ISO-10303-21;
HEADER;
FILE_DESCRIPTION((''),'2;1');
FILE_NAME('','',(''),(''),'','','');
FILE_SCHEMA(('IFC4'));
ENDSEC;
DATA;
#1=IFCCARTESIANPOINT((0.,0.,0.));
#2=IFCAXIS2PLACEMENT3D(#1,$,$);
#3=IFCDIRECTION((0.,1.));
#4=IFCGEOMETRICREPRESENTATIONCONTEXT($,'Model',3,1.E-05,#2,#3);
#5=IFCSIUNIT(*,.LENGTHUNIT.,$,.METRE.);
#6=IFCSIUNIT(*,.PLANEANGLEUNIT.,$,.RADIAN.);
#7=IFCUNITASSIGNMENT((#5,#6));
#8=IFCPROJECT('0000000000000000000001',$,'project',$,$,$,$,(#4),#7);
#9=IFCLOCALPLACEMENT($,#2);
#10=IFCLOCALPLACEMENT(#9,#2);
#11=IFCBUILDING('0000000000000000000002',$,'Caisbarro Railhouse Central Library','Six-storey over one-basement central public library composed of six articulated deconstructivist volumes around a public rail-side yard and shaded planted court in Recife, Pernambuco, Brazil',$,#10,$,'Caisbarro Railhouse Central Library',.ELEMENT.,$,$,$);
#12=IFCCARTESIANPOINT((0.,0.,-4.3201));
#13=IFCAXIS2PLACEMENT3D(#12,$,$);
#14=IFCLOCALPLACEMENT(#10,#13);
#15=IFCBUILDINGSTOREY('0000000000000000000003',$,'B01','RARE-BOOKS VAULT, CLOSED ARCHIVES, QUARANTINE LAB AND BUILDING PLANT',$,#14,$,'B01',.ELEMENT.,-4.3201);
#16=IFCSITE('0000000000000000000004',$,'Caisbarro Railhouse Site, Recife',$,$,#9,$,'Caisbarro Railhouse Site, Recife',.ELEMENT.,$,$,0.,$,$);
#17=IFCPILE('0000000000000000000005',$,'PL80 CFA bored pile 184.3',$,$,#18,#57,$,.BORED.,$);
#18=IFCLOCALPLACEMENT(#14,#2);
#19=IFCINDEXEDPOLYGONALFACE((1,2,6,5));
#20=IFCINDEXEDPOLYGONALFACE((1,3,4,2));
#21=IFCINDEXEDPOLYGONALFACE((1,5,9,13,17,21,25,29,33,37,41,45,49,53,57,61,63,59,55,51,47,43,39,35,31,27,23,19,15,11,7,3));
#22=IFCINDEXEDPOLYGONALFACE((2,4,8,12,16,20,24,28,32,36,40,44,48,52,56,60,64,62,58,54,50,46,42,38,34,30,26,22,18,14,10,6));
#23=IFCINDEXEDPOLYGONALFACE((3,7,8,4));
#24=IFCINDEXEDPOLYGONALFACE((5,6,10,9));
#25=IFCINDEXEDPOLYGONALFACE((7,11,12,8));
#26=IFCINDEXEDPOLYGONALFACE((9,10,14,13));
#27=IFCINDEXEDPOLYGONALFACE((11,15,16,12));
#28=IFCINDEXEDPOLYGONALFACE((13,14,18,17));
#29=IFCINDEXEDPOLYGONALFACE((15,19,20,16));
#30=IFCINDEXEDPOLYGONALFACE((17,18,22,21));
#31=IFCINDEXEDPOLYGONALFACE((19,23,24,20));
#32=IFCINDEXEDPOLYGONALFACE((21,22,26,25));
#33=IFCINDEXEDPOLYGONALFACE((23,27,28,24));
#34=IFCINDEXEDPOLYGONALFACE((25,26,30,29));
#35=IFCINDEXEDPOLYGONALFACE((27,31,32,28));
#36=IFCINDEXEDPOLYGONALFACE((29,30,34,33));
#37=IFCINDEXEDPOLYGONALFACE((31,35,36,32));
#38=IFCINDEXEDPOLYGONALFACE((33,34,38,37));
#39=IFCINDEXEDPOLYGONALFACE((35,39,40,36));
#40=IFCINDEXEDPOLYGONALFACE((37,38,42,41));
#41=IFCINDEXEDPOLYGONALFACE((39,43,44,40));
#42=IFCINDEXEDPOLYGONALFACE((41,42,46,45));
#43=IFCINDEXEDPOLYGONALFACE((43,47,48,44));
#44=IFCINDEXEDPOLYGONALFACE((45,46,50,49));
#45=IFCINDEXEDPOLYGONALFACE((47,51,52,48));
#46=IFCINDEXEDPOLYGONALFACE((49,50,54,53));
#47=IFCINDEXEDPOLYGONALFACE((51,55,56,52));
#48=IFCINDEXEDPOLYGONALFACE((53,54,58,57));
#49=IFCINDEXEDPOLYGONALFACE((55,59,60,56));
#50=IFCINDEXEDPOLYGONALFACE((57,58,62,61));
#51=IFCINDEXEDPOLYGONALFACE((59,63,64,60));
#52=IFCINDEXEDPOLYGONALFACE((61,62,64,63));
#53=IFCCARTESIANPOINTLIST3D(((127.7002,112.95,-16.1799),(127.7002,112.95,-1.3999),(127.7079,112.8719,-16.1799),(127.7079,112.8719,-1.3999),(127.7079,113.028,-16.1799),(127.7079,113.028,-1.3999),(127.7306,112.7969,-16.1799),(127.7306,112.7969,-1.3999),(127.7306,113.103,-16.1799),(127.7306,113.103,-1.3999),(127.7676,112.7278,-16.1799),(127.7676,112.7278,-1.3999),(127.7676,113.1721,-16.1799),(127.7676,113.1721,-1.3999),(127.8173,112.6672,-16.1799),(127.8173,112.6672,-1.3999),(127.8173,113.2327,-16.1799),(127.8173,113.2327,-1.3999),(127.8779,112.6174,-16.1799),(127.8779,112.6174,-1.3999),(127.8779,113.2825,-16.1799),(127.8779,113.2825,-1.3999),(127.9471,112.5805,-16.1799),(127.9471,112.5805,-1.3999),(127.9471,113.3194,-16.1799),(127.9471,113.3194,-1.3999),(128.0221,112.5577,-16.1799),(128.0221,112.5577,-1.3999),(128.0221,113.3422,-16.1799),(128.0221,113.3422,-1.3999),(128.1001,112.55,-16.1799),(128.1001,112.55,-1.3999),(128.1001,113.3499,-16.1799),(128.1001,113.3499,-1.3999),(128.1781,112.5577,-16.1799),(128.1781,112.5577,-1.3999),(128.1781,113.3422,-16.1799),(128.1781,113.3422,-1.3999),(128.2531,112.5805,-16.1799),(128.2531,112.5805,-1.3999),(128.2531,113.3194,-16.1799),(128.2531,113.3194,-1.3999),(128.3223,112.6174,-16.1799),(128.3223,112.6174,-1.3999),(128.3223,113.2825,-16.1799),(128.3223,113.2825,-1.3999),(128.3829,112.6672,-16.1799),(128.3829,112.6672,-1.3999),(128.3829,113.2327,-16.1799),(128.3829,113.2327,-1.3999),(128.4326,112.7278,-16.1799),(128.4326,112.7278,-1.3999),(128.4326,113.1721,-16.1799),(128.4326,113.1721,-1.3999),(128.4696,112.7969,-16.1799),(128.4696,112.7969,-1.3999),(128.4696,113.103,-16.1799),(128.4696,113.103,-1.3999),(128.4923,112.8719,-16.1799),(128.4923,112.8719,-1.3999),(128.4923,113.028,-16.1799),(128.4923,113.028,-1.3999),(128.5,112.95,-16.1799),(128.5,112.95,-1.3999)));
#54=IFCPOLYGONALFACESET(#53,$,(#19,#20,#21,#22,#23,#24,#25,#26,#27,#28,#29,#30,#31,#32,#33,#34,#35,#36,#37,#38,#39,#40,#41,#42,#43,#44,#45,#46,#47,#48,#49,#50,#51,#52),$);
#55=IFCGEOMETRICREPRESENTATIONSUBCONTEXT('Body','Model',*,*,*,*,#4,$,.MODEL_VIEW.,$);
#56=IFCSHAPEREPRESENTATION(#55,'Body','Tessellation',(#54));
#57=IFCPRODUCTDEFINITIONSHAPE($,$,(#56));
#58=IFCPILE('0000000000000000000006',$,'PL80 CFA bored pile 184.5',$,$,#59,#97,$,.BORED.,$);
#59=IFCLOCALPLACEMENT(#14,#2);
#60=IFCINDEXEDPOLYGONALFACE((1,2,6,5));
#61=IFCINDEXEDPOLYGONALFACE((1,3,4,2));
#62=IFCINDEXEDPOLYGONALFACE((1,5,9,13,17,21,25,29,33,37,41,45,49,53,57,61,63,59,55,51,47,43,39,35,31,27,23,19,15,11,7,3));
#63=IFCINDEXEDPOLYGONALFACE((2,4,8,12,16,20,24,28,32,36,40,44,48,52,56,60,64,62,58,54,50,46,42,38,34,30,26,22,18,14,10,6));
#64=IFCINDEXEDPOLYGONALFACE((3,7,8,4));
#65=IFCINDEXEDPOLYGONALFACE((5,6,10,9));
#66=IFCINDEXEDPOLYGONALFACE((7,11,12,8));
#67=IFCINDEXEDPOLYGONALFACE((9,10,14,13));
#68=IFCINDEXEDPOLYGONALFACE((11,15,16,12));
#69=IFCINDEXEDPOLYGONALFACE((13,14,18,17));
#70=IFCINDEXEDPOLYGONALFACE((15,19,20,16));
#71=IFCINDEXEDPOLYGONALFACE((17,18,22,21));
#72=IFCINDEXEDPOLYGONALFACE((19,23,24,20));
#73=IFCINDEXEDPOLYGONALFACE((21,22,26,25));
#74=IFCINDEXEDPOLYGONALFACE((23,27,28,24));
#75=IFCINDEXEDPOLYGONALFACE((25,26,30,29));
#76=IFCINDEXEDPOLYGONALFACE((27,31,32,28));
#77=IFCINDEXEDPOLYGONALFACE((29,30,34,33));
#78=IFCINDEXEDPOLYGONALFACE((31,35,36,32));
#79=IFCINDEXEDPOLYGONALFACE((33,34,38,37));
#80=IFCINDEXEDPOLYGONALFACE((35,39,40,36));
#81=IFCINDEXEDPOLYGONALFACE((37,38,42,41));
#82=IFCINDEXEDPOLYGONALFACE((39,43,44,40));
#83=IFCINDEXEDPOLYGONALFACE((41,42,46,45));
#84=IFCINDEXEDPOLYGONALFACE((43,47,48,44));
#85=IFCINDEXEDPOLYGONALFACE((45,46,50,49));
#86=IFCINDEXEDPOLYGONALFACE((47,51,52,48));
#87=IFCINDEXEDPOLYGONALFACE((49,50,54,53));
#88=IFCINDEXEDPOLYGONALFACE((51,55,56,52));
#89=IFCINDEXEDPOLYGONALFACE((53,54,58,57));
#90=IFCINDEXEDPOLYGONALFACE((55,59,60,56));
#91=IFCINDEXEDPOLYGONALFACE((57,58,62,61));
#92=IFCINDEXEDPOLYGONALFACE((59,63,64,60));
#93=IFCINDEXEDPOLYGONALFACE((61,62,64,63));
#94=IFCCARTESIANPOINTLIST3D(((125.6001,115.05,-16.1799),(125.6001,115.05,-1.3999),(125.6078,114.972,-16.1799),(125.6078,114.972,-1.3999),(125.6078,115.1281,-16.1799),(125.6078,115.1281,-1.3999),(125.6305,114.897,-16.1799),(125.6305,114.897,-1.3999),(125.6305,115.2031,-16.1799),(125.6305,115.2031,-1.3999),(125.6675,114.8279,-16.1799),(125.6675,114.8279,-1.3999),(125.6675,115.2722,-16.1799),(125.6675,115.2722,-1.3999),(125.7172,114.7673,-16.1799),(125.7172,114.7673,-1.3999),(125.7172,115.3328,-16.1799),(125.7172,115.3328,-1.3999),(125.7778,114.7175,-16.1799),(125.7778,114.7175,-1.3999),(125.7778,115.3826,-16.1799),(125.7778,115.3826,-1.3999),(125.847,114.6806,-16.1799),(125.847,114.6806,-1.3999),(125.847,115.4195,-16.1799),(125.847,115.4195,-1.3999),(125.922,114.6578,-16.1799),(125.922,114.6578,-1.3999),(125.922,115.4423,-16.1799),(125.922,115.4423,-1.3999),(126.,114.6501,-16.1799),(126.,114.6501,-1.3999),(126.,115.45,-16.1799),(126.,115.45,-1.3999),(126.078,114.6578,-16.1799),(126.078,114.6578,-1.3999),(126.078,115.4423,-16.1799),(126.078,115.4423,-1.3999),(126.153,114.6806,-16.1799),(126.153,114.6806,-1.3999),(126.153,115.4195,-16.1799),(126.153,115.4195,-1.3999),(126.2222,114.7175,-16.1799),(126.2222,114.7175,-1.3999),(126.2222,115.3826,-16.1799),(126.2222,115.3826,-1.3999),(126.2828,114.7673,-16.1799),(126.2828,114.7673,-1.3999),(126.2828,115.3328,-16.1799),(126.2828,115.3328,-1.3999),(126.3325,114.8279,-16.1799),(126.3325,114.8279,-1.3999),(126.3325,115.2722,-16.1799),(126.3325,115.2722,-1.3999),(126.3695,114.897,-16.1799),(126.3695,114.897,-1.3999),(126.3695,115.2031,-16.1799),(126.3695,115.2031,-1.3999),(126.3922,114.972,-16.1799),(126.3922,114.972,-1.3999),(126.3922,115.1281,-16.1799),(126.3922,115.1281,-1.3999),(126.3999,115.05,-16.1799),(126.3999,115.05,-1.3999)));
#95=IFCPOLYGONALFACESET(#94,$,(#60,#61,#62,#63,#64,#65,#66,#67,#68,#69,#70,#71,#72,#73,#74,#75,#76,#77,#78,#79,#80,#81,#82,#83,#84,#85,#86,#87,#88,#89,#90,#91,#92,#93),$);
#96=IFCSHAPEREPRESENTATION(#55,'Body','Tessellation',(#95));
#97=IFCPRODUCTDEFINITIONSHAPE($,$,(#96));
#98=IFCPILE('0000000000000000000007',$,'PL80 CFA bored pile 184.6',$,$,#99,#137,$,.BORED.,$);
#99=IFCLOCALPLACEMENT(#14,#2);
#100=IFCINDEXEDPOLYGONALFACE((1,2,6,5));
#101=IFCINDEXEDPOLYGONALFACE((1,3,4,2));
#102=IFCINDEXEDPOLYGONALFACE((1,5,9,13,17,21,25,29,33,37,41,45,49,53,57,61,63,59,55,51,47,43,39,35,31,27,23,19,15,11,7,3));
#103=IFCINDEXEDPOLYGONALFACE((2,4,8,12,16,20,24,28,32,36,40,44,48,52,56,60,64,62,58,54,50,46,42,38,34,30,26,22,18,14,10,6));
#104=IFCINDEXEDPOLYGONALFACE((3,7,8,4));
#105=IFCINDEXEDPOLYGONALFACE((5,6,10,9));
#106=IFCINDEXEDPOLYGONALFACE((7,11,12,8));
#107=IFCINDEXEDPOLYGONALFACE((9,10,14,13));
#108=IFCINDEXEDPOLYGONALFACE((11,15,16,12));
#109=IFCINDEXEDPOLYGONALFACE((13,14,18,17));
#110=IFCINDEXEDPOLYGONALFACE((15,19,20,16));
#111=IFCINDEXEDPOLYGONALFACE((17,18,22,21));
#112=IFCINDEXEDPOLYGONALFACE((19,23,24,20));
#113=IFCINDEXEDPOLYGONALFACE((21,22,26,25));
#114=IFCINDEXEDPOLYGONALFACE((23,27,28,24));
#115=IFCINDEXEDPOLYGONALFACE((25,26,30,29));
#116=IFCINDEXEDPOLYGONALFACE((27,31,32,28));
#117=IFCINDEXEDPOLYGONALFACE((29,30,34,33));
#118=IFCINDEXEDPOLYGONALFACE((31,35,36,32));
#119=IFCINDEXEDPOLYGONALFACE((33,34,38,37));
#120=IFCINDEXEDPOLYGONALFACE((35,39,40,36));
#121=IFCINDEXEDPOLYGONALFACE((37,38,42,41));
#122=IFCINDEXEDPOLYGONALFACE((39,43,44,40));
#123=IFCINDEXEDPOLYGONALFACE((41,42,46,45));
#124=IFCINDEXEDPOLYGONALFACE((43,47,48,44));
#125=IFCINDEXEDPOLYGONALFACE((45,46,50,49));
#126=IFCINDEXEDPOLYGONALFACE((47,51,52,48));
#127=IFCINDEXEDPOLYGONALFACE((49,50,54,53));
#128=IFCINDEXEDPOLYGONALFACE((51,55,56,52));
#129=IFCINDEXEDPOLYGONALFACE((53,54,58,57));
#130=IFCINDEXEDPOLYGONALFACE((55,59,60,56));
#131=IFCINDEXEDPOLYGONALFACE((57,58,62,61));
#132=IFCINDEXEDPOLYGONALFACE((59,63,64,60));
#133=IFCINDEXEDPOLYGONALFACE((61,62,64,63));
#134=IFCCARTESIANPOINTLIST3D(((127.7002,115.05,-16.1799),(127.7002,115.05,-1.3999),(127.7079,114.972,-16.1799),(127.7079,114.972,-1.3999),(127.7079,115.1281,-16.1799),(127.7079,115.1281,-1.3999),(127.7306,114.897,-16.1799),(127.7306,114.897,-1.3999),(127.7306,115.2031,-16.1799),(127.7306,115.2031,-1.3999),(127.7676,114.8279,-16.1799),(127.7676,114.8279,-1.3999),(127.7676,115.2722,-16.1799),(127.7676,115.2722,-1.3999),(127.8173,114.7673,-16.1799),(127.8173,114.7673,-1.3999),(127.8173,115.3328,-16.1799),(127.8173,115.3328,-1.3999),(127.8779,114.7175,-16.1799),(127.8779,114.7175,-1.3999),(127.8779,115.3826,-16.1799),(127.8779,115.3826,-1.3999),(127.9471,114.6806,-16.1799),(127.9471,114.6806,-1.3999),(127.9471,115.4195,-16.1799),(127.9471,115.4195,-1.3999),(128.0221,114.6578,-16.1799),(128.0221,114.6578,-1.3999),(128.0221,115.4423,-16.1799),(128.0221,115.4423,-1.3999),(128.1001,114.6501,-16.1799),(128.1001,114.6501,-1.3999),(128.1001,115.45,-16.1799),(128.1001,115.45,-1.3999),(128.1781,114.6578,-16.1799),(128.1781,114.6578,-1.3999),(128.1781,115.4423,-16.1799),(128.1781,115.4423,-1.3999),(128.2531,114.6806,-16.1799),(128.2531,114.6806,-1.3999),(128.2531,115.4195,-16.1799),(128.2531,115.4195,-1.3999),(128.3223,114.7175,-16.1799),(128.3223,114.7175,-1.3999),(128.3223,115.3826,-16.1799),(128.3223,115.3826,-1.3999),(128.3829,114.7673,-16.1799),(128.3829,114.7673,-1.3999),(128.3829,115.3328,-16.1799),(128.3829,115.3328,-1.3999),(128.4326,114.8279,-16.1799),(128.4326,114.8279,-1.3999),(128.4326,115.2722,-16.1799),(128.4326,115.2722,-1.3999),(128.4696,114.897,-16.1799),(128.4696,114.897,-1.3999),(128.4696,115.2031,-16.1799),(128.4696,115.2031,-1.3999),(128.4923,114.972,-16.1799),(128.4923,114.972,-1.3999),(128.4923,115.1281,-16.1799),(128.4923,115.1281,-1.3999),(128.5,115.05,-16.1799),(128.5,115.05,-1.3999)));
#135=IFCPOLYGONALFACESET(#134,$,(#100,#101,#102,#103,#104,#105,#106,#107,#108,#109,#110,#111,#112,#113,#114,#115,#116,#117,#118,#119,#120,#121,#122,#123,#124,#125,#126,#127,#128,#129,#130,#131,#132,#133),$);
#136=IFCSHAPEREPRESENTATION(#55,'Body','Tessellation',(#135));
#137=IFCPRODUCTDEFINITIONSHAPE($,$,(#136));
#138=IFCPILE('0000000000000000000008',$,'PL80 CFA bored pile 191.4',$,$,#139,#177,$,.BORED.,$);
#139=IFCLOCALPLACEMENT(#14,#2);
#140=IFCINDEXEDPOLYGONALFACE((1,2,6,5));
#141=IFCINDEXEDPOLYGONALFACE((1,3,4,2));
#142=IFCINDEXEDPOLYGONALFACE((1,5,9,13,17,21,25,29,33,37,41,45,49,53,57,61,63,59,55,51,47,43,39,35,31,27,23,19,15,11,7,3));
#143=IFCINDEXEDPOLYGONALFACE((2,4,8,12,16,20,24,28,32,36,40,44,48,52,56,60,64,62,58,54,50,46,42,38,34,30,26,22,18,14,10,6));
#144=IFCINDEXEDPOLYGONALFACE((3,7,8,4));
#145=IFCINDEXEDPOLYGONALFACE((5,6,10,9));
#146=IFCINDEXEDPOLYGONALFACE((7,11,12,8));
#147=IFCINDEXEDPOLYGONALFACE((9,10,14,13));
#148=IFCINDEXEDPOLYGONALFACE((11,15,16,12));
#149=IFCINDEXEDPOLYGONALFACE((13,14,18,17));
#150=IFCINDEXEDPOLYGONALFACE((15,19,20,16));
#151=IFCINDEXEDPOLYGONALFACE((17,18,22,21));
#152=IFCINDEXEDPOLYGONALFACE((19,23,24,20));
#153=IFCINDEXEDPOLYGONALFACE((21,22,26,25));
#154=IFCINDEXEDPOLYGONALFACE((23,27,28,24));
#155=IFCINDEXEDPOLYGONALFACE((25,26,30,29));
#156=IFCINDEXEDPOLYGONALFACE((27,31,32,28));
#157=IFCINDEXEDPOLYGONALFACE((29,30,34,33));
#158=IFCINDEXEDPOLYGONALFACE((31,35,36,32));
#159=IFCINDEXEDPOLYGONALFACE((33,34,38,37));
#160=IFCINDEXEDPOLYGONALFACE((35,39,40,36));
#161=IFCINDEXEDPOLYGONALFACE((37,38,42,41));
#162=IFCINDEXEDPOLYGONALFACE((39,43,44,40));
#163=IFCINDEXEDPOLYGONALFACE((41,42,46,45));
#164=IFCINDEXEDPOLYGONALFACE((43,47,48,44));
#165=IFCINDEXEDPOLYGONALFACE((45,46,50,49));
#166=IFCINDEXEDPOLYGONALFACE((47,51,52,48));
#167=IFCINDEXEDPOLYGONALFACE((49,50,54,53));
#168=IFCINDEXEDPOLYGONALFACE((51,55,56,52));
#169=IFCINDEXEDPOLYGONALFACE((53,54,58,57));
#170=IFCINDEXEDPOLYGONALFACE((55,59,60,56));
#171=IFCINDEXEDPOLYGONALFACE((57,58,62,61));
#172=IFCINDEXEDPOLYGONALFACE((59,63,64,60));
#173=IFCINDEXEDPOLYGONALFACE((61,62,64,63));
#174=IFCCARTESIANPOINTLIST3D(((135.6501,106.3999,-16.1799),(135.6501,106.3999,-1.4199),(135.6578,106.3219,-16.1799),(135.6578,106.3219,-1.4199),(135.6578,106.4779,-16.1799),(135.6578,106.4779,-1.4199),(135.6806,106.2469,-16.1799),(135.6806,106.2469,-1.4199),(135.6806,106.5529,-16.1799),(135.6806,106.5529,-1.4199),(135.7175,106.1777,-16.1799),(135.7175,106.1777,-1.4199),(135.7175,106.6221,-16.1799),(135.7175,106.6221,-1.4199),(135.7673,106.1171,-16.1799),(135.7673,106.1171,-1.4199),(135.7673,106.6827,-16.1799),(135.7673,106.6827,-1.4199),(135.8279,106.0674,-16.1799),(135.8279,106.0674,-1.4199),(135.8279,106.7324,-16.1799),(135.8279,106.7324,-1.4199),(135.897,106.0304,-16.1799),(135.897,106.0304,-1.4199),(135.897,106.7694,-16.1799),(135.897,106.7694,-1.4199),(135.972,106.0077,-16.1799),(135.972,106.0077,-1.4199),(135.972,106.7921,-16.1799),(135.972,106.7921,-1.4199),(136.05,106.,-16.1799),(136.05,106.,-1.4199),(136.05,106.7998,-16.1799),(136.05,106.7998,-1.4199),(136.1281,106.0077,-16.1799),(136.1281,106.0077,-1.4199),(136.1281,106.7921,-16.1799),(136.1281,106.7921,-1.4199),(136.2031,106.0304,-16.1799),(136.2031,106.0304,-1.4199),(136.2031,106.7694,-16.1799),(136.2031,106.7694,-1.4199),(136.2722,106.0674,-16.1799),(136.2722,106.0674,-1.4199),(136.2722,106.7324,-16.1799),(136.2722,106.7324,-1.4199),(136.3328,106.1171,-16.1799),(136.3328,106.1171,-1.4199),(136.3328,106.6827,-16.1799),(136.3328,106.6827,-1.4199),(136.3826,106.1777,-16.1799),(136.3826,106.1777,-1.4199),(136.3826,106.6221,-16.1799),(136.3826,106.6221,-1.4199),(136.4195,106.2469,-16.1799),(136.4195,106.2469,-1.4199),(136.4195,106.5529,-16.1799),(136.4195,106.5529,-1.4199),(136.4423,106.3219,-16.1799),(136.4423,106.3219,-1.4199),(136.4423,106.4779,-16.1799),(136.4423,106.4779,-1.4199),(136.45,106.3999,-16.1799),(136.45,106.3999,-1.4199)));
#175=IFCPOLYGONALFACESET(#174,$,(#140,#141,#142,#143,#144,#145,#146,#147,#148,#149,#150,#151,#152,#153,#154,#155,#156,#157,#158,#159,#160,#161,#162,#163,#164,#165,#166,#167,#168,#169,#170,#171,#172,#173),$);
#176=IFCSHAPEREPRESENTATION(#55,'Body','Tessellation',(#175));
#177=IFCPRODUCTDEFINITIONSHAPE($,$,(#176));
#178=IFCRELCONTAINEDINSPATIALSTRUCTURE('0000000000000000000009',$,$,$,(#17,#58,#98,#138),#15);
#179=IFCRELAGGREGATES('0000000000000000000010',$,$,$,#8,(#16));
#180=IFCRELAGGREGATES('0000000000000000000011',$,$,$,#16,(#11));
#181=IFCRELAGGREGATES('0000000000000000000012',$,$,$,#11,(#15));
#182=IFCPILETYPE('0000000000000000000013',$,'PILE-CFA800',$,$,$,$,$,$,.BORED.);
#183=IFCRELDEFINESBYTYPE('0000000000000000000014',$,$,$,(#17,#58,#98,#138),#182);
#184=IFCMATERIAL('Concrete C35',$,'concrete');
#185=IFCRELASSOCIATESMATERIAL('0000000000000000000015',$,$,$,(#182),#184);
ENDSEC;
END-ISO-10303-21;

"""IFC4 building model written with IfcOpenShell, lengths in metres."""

from ifc_helpers import new_model, si_unit, direction, frame, origin, origin_2d, place, context, subcontext, project, spatial, circle, extrude, material, material_profile, profile_set, type_object, element, save


model = new_model("IFC4")

# Units and contexts
model_context = context("Model", 3, precision=1e-05, world=origin(), true_north=direction((0.0, 1.0)))
body_context = subcontext(model_context, "Body", "Model", "MODEL_VIEW")
ifc_project = project(units=[si_unit("LENGTHUNIT", "METRE"), si_unit("PLANEANGLEUNIT", "RADIAN")], contexts=[model_context])

# Site, building, storey
site_placement = place(None, origin())
site = spatial("IfcSite", under=ifc_project, at=site_placement, Name="Caisbarro Railhouse Site, Recife", LongName="Caisbarro Railhouse Site, Recife", CompositionType="ELEMENT", RefElevation=0.0)
building_placement = place(site_placement, origin())
building = spatial("IfcBuilding", under=site, at=building_placement, Name="Caisbarro Railhouse Central Library", Description="Six-storey over one-basement central public library composed of six articulated deconstructivist volumes around a public rail-side yard and shaded planted court in Recife, Pernambuco, Brazil", LongName="Caisbarro Railhouse Central Library", CompositionType="ELEMENT")
storey_placement = place(building_placement, frame((0.0, 0.0, -4.3201)))
storey = spatial("IfcBuildingStorey", under=building, at=storey_placement, Name="B01", Description="RARE-BOOKS VAULT, CLOSED ARCHIVES, QUARANTINE LAB AND BUILDING PLANT", LongName="B01", CompositionType="ELEMENT", Elevation=-4.3201)

# Shared definitions
ifc_material_1 = material(Name="Concrete C35", Category="concrete")

# Piles
ifc_material_profile_1 = material_profile(ifc_material_1, circle(Radius=0.3999, at=origin_2d()), Name="PILE-CFA-800")
ifc_profile_set_1 = profile_set([ifc_material_profile_1], Name="Concrete C35")
pile_type = type_object("IfcPileType", Name="PILE-CFA800", PredefinedType="BORED", material=ifc_profile_set_1)
for number, where, z_axis, x_axis, name in (
    (1, (128.1001, 112.95, -1.3999), (0.0, 0.0, -1.0), (1.0, 0.0, 0.0), "PL80 CFA bored pile 184.3"),
    (2, (126.0, 115.05, -1.3999), (0.0, 0.0, -1.0), (1.0, 0.0, 0.0), "PL80 CFA bored pile 184.5"),
    (3, (128.1001, 115.05, -1.3999), (0.0, 0.0, -1.0), (1.0, 0.0, 0.0), "PL80 CFA bored pile 184.6"),
):
    element("IfcPile", number, at=place(storey_placement, frame(where, z_axis=z_axis, x_axis=x_axis)), inside=storey, type_object=pile_type, Name=name, PredefinedType="BORED", context=body_context, shape_type="SweptSolid", body=[
        extrude(circle(Radius=0.3999, at=origin_2d()), origin(), (0.0, 0.0, 1.0), 14.78),
    ])
for number, where, z_axis, x_axis, name in (
    (4, (136.05, 106.3999, -1.4199), (0.0, 0.0, -1.0), (1.0, 0.0, 0.0), "PL80 CFA bored pile 191.4"),
):
    element("IfcPile", number, at=place(storey_placement, frame(where, z_axis=z_axis, x_axis=x_axis)), inside=storey, type_object=pile_type, Name=name, PredefinedType="BORED", context=body_context, shape_type="SweptSolid", body=[
        extrude(circle(Radius=0.3999, at=origin_2d()), origin(), (0.0, 0.0, 1.0), 14.76),
    ])

save(model, "model.ifc")
